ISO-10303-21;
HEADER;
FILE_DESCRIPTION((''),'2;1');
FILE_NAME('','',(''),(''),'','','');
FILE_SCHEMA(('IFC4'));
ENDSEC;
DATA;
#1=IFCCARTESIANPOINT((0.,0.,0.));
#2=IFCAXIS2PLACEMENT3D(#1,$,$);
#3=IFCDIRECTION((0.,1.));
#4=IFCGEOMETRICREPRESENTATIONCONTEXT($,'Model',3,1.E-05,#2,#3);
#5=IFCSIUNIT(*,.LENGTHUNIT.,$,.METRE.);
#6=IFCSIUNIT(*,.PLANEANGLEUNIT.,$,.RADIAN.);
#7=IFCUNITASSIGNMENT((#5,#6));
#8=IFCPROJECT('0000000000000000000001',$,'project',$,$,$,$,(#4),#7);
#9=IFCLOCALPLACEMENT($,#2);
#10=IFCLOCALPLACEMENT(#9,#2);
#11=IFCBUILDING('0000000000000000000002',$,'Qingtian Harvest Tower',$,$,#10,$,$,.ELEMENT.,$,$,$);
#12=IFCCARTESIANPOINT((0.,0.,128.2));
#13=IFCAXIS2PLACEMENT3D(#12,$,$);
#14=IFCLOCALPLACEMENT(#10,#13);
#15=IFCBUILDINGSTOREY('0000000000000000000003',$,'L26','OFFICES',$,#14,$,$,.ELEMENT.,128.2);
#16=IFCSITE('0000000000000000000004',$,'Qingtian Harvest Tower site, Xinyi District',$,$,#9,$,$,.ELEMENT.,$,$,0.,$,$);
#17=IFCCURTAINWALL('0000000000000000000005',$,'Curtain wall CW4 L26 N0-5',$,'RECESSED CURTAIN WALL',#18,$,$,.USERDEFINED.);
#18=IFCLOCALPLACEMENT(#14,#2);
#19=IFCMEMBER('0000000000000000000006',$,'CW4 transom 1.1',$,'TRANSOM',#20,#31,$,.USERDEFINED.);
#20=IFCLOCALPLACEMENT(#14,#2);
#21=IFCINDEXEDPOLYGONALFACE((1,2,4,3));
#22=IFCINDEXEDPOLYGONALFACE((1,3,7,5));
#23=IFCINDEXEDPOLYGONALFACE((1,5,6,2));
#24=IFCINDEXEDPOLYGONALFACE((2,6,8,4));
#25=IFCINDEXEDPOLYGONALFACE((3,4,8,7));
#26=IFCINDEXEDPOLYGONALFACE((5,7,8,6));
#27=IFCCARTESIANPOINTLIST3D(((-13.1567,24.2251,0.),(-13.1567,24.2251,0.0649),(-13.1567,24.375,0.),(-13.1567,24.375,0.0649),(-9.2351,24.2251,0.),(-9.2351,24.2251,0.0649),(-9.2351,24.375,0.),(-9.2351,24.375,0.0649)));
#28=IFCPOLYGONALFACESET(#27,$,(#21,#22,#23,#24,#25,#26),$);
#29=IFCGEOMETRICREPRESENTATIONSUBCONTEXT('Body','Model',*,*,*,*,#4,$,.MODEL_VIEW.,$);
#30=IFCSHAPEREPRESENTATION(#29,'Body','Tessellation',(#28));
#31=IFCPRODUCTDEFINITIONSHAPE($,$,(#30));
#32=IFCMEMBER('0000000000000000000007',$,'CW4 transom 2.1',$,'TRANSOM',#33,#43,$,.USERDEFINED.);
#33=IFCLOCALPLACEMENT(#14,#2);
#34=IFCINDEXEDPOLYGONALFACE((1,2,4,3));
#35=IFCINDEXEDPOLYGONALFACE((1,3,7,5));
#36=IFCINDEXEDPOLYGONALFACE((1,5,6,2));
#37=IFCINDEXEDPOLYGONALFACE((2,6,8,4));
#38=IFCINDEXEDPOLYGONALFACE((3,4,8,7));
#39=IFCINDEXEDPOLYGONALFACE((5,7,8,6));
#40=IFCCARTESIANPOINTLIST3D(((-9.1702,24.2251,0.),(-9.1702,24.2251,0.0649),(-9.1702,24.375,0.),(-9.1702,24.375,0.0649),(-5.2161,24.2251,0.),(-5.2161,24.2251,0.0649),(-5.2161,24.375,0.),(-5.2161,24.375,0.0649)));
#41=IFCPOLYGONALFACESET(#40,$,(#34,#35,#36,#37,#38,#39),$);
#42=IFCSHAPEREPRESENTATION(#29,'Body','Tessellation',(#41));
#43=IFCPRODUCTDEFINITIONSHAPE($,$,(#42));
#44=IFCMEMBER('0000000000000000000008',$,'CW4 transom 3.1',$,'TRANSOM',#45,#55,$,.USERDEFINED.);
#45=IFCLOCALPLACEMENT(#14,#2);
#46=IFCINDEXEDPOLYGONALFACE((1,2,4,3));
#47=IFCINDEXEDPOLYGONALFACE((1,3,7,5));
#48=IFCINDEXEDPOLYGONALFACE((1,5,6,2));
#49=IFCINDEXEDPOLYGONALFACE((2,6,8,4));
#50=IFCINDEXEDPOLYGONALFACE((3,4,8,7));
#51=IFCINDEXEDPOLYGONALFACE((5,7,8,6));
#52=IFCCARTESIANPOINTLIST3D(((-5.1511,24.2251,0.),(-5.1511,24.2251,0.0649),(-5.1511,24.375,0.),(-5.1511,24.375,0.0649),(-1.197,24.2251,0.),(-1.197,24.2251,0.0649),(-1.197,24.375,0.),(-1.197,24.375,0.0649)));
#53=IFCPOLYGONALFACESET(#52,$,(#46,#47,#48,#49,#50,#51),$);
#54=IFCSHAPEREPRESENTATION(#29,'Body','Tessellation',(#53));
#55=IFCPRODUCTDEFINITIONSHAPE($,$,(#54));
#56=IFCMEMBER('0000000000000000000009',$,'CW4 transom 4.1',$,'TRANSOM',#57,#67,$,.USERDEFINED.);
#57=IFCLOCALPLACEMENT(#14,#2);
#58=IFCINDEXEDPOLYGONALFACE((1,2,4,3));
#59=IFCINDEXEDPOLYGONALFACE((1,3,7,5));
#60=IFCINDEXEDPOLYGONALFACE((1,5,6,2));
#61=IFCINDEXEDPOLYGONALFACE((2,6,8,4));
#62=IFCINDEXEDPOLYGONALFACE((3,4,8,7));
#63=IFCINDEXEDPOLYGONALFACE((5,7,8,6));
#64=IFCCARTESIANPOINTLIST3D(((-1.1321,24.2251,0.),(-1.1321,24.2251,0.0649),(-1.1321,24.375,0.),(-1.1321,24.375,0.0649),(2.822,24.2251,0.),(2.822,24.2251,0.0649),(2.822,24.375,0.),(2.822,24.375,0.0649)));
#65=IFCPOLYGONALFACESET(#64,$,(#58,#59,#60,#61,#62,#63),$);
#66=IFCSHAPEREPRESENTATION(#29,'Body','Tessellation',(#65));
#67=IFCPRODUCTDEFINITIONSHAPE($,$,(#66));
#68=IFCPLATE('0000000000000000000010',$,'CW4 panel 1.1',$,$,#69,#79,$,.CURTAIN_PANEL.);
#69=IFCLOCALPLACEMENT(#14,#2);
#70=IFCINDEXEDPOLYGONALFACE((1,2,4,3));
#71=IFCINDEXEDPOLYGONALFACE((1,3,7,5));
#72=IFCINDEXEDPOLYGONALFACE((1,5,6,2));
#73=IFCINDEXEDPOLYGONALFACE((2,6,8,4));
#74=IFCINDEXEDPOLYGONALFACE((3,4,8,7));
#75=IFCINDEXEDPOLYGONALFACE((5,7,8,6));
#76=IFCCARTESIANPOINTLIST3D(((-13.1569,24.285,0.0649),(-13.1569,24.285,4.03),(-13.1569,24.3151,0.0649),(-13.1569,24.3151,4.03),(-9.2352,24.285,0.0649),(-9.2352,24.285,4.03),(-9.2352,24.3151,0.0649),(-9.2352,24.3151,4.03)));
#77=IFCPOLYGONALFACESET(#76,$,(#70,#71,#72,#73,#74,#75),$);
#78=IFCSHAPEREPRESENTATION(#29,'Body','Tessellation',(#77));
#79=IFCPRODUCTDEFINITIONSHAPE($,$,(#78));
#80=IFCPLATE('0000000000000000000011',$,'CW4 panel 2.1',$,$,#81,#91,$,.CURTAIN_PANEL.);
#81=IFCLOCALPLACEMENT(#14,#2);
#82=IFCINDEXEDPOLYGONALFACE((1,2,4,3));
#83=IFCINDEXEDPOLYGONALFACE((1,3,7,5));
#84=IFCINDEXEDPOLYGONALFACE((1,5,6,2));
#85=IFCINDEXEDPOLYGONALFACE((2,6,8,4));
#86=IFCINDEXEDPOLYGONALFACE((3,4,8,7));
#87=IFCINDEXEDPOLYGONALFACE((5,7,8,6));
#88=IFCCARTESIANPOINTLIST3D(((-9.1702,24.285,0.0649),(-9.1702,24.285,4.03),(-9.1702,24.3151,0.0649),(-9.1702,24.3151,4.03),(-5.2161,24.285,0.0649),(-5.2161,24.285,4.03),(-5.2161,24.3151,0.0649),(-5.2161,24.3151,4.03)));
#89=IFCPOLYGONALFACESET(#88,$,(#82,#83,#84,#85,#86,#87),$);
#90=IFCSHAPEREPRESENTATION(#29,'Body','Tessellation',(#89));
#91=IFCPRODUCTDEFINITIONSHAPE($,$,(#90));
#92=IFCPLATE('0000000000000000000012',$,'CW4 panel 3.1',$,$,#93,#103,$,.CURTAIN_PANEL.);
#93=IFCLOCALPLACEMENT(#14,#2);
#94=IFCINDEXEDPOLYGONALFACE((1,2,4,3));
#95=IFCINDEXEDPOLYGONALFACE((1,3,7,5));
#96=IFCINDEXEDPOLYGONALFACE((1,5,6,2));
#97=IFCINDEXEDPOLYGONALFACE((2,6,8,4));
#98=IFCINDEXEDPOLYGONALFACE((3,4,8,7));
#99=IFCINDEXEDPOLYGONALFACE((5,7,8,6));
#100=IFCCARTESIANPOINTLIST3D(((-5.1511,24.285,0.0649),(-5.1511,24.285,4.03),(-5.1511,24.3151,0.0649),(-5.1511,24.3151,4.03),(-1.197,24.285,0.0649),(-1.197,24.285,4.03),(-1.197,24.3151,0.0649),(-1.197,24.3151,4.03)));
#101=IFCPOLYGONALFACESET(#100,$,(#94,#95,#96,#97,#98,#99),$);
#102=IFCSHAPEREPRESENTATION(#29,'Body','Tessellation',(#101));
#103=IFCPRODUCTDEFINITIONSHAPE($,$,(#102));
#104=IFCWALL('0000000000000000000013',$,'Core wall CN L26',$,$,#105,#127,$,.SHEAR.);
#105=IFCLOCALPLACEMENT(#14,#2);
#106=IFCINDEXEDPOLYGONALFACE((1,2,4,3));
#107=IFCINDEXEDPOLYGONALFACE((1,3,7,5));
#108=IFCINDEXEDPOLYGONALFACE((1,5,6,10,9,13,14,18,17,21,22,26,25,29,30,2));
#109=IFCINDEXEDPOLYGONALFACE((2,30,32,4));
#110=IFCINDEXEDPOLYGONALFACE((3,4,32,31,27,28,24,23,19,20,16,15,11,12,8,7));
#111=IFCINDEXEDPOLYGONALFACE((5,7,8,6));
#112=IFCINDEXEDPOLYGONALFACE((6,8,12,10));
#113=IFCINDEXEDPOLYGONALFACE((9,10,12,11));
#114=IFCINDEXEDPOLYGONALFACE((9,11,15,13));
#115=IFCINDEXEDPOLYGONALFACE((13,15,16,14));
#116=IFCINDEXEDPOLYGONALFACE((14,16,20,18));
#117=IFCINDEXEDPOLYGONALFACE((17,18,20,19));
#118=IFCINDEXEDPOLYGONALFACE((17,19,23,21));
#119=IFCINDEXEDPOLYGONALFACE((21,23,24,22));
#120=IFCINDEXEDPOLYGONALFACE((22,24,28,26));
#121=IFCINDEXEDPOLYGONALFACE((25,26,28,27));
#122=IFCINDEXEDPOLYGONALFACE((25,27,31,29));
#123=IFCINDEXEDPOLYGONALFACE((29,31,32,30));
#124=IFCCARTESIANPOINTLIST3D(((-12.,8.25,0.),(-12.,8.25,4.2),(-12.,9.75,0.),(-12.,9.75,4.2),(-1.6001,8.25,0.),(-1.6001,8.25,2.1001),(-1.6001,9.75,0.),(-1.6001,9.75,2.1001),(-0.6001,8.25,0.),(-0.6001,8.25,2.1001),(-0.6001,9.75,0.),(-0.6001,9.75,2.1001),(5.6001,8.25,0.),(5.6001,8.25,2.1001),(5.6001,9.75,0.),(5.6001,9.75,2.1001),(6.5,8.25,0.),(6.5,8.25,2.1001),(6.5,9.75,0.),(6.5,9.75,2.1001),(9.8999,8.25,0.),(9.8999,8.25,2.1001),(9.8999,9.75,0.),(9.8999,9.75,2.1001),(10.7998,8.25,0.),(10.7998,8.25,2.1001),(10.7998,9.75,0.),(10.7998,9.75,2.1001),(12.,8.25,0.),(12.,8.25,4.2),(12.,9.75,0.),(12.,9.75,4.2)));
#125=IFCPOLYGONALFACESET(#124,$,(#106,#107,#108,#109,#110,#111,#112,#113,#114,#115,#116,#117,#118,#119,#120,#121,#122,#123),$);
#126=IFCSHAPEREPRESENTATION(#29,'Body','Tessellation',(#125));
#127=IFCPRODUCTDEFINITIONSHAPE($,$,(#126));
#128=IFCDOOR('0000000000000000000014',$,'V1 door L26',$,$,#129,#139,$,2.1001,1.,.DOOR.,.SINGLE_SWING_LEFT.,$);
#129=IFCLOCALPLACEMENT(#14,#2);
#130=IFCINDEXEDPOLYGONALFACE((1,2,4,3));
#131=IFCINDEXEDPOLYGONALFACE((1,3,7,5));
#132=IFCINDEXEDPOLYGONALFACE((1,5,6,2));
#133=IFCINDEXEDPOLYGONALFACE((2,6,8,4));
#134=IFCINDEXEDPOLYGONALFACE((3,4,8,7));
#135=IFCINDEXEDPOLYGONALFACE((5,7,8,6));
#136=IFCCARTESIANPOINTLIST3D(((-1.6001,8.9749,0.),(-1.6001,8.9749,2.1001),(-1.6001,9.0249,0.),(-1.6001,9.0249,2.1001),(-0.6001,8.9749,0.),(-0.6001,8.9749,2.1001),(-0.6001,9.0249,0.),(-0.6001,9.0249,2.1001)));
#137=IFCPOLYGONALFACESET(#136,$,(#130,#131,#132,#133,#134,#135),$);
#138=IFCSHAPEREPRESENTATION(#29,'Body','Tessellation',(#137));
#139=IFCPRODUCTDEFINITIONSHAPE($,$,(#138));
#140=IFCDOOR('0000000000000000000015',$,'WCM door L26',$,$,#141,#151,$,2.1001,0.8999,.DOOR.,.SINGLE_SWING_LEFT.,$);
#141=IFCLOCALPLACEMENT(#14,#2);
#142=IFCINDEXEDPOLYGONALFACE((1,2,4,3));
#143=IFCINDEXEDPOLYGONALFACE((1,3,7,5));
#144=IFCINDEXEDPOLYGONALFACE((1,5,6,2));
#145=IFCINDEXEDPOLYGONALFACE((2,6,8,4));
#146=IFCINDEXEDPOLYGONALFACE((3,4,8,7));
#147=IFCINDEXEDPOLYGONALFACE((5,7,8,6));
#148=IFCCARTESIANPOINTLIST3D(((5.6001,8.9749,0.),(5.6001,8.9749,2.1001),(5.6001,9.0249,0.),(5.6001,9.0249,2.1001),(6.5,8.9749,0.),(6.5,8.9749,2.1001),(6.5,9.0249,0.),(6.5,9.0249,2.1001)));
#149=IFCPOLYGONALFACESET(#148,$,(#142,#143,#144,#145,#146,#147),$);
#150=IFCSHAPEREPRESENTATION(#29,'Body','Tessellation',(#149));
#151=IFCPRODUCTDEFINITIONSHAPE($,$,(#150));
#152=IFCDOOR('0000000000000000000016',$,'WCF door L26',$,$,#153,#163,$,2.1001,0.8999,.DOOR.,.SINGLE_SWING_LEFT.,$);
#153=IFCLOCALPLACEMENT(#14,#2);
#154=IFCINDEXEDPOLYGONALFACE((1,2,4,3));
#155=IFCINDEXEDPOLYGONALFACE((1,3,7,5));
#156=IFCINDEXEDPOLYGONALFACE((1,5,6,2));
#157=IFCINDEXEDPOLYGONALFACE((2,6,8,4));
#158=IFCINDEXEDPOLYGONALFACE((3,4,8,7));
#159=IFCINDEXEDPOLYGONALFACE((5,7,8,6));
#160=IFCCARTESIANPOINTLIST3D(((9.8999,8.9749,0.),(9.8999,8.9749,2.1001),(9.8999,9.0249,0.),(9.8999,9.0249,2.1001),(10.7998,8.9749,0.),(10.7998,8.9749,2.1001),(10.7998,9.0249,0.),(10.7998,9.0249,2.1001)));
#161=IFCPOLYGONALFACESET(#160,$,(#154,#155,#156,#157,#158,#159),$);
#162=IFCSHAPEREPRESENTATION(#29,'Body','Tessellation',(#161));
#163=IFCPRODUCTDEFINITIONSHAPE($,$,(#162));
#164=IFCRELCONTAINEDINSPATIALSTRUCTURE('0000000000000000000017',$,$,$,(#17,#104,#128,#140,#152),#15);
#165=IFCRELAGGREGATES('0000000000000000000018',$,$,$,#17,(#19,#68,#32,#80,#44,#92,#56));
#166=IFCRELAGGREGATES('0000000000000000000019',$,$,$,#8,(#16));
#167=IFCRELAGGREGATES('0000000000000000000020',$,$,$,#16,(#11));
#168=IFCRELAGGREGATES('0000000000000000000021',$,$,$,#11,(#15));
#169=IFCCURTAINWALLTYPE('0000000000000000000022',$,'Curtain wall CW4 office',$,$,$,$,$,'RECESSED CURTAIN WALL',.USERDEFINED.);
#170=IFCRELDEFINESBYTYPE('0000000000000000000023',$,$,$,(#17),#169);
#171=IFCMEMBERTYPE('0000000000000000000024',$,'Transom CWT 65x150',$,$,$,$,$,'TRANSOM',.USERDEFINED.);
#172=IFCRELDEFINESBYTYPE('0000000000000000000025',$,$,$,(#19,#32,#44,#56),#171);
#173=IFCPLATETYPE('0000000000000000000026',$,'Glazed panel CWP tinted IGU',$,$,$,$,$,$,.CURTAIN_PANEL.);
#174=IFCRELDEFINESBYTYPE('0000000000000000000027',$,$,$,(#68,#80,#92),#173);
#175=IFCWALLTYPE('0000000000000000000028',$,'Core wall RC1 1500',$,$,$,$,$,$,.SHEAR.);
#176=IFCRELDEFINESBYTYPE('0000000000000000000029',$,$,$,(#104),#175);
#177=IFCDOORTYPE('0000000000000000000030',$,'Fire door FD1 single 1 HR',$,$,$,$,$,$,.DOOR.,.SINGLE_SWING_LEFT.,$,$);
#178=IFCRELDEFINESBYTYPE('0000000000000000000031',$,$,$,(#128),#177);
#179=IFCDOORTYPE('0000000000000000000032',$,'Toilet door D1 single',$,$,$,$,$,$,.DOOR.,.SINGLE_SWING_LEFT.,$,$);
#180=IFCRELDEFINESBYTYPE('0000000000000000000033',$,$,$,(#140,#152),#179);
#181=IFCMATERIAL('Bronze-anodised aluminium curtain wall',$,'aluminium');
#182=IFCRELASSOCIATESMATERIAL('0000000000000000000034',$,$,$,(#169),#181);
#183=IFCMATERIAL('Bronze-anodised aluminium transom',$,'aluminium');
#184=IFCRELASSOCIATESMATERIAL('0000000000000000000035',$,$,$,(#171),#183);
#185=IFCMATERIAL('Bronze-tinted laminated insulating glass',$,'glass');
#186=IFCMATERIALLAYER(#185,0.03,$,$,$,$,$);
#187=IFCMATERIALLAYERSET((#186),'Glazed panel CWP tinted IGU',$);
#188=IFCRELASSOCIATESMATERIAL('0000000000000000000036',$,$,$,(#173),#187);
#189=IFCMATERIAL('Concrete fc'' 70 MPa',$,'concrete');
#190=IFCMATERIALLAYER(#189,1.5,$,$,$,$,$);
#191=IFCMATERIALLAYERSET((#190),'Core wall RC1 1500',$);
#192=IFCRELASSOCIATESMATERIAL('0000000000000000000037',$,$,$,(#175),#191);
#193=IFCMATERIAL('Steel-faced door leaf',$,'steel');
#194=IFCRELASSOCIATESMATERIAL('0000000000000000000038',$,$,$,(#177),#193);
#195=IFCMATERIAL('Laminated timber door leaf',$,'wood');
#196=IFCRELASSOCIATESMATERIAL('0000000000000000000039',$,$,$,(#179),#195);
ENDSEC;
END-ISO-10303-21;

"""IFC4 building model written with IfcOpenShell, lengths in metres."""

from ifc_helpers import new_model, si_unit, direction, frame, frame_2d, origin, origin_2d, place, context, subcontext, project, spatial, rectangle, extrude, material, layer, layer_set, material_profile, profile_set, type_object, element, fill, aggregate, save


model = new_model("IFC4")

# Units and contexts
model_context = context("Model", 3, precision=1e-05, world=origin(), true_north=direction((0.0, 1.0)))
body_context = subcontext(model_context, "Body", "Model", "MODEL_VIEW")
ifc_project = project(units=[si_unit("LENGTHUNIT", "METRE"), si_unit("PLANEANGLEUNIT", "RADIAN")], contexts=[model_context])

# Site, building, storey
site_placement = place(None, origin())
site = spatial("IfcSite", under=ifc_project, at=site_placement, Name="Qingtian Harvest Tower site, Xinyi District", CompositionType="ELEMENT", RefElevation=0.0)
building_placement = place(site_placement, origin())
building = spatial("IfcBuilding", under=site, at=building_placement, Name="Qingtian Harvest Tower", CompositionType="ELEMENT")
storey_placement = place(building_placement, frame((0.0, 0.0, 128.2)))
storey = spatial("IfcBuildingStorey", under=building, at=storey_placement, Name="L26", Description="OFFICES", CompositionType="ELEMENT", Elevation=128.2)

# Curtain wall
ifc_material_1 = material(Name="Bronze-anodised aluminium curtain wall", Category="aluminium")
curtain_wall_type = type_object("IfcCurtainWallType", Name="Curtain wall CW4 office", ElementType="RECESSED CURTAIN WALL", PredefinedType="USERDEFINED", material=ifc_material_1)
curtain_wall_1_placement = place(storey_placement, origin())
curtain_wall_1 = element("IfcCurtainWall", 1, at=curtain_wall_1_placement, inside=storey, type_object=curtain_wall_type, Name="Curtain wall CW4 L26 N0-5", ObjectType="RECESSED CURTAIN WALL", PredefinedType="USERDEFINED")

# Members
ifc_material_2 = material(Name="Bronze-anodised aluminium transom", Category="aluminium")
ifc_material_profile_1 = material_profile(ifc_material_2, rectangle(XDim=0.1499, YDim=0.0649, at=origin_2d()), Name="AL 65x150")
ifc_profile_set_1 = profile_set([ifc_material_profile_1], Name="Bronze-anodised aluminium transom")
member_type_1 = type_object("IfcMemberType", Name="Transom CWT 65x150", ElementType="TRANSOM", PredefinedType="USERDEFINED", material=ifc_profile_set_1)
member_1_placement = place(storey_placement, frame((-13.1567, 24.3, 0.0325), z_axis=(1.0, 0.0, 0.0), x_axis=(0.0, 1.0, 0.0)))
member_1 = element("IfcMember", 2, at=member_1_placement, type_object=member_type_1, Name="CW4 transom 1.1", ObjectType="TRANSOM", PredefinedType="USERDEFINED", context=body_context, shape_type="SweptSolid", body=[
    extrude(rectangle(XDim=0.1499, YDim=0.0649, at=origin_2d()), origin(), (0.0, 0.0, 1.0), 3.9216),
])
member_2_placement = place(storey_placement, frame((-9.1702, 24.3, 0.0325), z_axis=(1.0, 0.0, 0.0), x_axis=(0.0, 1.0, 0.0)))
member_2 = element("IfcMember", 3, at=member_2_placement, type_object=member_type_1, Name="CW4 transom 2.1", ObjectType="TRANSOM", PredefinedType="USERDEFINED", context=body_context, shape_type="SweptSolid", body=[
    extrude(rectangle(XDim=0.1499, YDim=0.0649, at=origin_2d()), origin(), (0.0, 0.0, 1.0), 3.9541),
])
member_3_placement = place(storey_placement, frame((-5.1511, 24.3, 0.0325), z_axis=(1.0, 0.0, 0.0), x_axis=(0.0, 1.0, 0.0)))
member_3 = element("IfcMember", 4, at=member_3_placement, type_object=member_type_1, Name="CW4 transom 3.1", ObjectType="TRANSOM", PredefinedType="USERDEFINED", context=body_context, shape_type="SweptSolid", body=[
    extrude(rectangle(XDim=0.1499, YDim=0.0649, at=origin_2d()), origin(), (0.0, 0.0, 1.0), 3.9541),
])
member_4_placement = place(storey_placement, frame((-1.1321, 24.3, 0.0325), z_axis=(1.0, 0.0, 0.0), x_axis=(0.0, 1.0, 0.0)))
member_4 = element("IfcMember", 5, at=member_4_placement, type_object=member_type_1, Name="CW4 transom 4.1", ObjectType="TRANSOM", PredefinedType="USERDEFINED", context=body_context, shape_type="SweptSolid", body=[
    extrude(rectangle(XDim=0.1499, YDim=0.0649, at=origin_2d()), origin(), (0.0, 0.0, 1.0), 3.9541),
])

# Plates
ifc_material_3 = material(Name="Bronze-tinted laminated insulating glass", Category="glass")
ifc_layer_1 = layer(ifc_material_3, 0.03)
ifc_layer_set_1 = layer_set([ifc_layer_1], Name="Glazed panel CWP tinted IGU")
plate_type = type_object("IfcPlateType", Name="Glazed panel CWP tinted IGU", PredefinedType="CURTAIN_PANEL", material=ifc_layer_set_1)
plate_1_placement = place(storey_placement, frame((-11.196, 24.3, 0.0649), z_axis=(0.0, 0.0, 1.0), x_axis=(1.0, 0.0, 0.0)))
plate_1 = element("IfcPlate", 6, at=plate_1_placement, type_object=plate_type, Name="CW4 panel 1.1", PredefinedType="CURTAIN_PANEL", context=body_context, shape_type="SweptSolid", body=[
    extrude(rectangle(XDim=3.9216, YDim=0.03, at=origin_2d()), origin(), (0.0, 0.0, 1.0), 3.9651),
])
plate_2_placement = place(storey_placement, frame((-7.1931, 24.3, 0.0649), z_axis=(0.0, 0.0, 1.0), x_axis=(1.0, 0.0, 0.0)))
plate_2 = element("IfcPlate", 7, at=plate_2_placement, type_object=plate_type, Name="CW4 panel 2.1", PredefinedType="CURTAIN_PANEL", context=body_context, shape_type="SweptSolid", body=[
    extrude(rectangle(XDim=3.9541, YDim=0.03, at=origin_2d()), origin(), (0.0, 0.0, 1.0), 3.9651),
])
plate_3_placement = place(storey_placement, frame((-3.1741, 24.3, 0.0649), z_axis=(0.0, 0.0, 1.0), x_axis=(1.0, 0.0, 0.0)))
plate_3 = element("IfcPlate", 8, at=plate_3_placement, type_object=plate_type, Name="CW4 panel 3.1", PredefinedType="CURTAIN_PANEL", context=body_context, shape_type="SweptSolid", body=[
    extrude(rectangle(XDim=3.9541, YDim=0.03, at=origin_2d()), origin(), (0.0, 0.0, 1.0), 3.9651),
])
aggregate(curtain_wall_1, [member_1, plate_1, member_2, plate_2, member_3, plate_3, member_4])

# Wall, openings, doors
ifc_material_4 = material(Name="Concrete fc' 70 MPa", Category="concrete")
ifc_layer_2 = layer(ifc_material_4, 1.5)
ifc_layer_set_2 = layer_set([ifc_layer_2], Name="Core wall RC1 1500")
wall_type_1 = type_object("IfcWallType", Name="Core wall RC1 1500", PredefinedType="SHEAR", material=ifc_layer_set_2)
wall_1_placement = place(storey_placement, frame((-12.0, 9.0, 0.0), z_axis=(0.0, 0.0, 1.0), x_axis=(1.0, 0.0, 0.0)))
wall_1 = element("IfcWall", 9, at=wall_1_placement, inside=storey, type_object=wall_type_1, Name="Core wall CN L26", PredefinedType="SHEAR", context=body_context, shape_type="SweptSolid", body=[
    extrude(rectangle(XDim=24.0, YDim=1.5, at=frame_2d((12.0, 0.0))), origin(), (0.0, 0.0, 1.0), 4.2),
])
opening_1_placement = place(wall_1_placement, frame((10.3999, 0.0, 0.0)))
opening_1 = element("IfcOpeningElement", 10, at=opening_1_placement, cuts=wall_1, PredefinedType="OPENING", context=body_context, shape_type="SweptSolid", body=[
    extrude(rectangle(XDim=1.0, YDim=2.1001, at=frame_2d((0.5, 1.05))), frame((0.0, 0.76, 0.0), z_axis=(0.0, -1.0, 0.0), x_axis=(1.0, 0.0, 0.0)), (0.0, 0.0, 1.0), 1.52),
])
opening_2_placement = place(wall_1_placement, frame((17.6001, 0.0, 0.0)))
opening_2 = element("IfcOpeningElement", 11, at=opening_2_placement, cuts=wall_1, PredefinedType="OPENING", context=body_context, shape_type="SweptSolid", body=[
    extrude(rectangle(XDim=0.8999, YDim=2.1001, at=frame_2d((0.45, 1.05))), frame((0.0, 0.76, 0.0), z_axis=(0.0, -1.0, 0.0), x_axis=(1.0, 0.0, 0.0)), (0.0, 0.0, 1.0), 1.52),
])
opening_3_placement = place(wall_1_placement, frame((21.8999, 0.0, 0.0)))
opening_3 = element("IfcOpeningElement", 12, at=opening_3_placement, cuts=wall_1, PredefinedType="OPENING", context=body_context, shape_type="SweptSolid", body=[
    extrude(rectangle(XDim=0.8999, YDim=2.1001, at=frame_2d((0.45, 1.05))), frame((0.0, 0.76, 0.0), z_axis=(0.0, -1.0, 0.0), x_axis=(1.0, 0.0, 0.0)), (0.0, 0.0, 1.0), 1.52),
])
ifc_material_5 = material(Name="Steel-faced door leaf", Category="steel")
door_type_1 = type_object("IfcDoorType", Name="Fire door FD1 single 1 HR", OperationType="SINGLE_SWING_LEFT", PredefinedType="DOOR", material=ifc_material_5)
door_1_placement = place(opening_1_placement, origin())
door_1 = element("IfcDoor", 13, at=door_1_placement, inside=storey, type_object=door_type_1, Name="V1 door L26", OperationType="SINGLE_SWING_LEFT", OverallHeight=2.1001, OverallWidth=1.0, PredefinedType="DOOR", context=body_context, shape_type="SweptSolid", body=[
    extrude(rectangle(XDim=1.0, YDim=2.1001, at=frame_2d((0.5, 1.05))), frame((0.0, 0.0249, 0.0), z_axis=(0.0, -1.0, 0.0), x_axis=(1.0, 0.0, 0.0)), (0.0, 0.0, 1.0), 0.05),
])
fill(opening_1, door_1)
ifc_material_6 = material(Name="Laminated timber door leaf", Category="wood")
door_type_2 = type_object("IfcDoorType", Name="Toilet door D1 single", OperationType="SINGLE_SWING_LEFT", PredefinedType="DOOR", material=ifc_material_6)
door_2_placement = place(opening_2_placement, origin())
door_2 = element("IfcDoor", 14, at=door_2_placement, inside=storey, type_object=door_type_2, Name="WCM door L26", OperationType="SINGLE_SWING_LEFT", OverallHeight=2.1001, OverallWidth=0.8999, PredefinedType="DOOR", context=body_context, shape_type="SweptSolid", body=[
    extrude(rectangle(XDim=0.8999, YDim=2.1001, at=frame_2d((0.45, 1.05))), frame((0.0, 0.0249, 0.0), z_axis=(0.0, -1.0, 0.0), x_axis=(1.0, 0.0, 0.0)), (0.0, 0.0, 1.0), 0.05),
])
fill(opening_2, door_2)
door_3_placement = place(opening_3_placement, origin())
door_3 = element("IfcDoor", 15, at=door_3_placement, inside=storey, type_object=door_type_2, Name="WCF door L26", OperationType="SINGLE_SWING_LEFT", OverallHeight=2.1001, OverallWidth=0.8999, PredefinedType="DOOR", context=body_context, shape_type="SweptSolid", body=[
    extrude(rectangle(XDim=0.8999, YDim=2.1001, at=frame_2d((0.45, 1.05))), frame((0.0, 0.0249, 0.0), z_axis=(0.0, -1.0, 0.0), x_axis=(1.0, 0.0, 0.0)), (0.0, 0.0, 1.0), 0.05),
])
fill(opening_3, door_3)

save(model, "model.ifc")
